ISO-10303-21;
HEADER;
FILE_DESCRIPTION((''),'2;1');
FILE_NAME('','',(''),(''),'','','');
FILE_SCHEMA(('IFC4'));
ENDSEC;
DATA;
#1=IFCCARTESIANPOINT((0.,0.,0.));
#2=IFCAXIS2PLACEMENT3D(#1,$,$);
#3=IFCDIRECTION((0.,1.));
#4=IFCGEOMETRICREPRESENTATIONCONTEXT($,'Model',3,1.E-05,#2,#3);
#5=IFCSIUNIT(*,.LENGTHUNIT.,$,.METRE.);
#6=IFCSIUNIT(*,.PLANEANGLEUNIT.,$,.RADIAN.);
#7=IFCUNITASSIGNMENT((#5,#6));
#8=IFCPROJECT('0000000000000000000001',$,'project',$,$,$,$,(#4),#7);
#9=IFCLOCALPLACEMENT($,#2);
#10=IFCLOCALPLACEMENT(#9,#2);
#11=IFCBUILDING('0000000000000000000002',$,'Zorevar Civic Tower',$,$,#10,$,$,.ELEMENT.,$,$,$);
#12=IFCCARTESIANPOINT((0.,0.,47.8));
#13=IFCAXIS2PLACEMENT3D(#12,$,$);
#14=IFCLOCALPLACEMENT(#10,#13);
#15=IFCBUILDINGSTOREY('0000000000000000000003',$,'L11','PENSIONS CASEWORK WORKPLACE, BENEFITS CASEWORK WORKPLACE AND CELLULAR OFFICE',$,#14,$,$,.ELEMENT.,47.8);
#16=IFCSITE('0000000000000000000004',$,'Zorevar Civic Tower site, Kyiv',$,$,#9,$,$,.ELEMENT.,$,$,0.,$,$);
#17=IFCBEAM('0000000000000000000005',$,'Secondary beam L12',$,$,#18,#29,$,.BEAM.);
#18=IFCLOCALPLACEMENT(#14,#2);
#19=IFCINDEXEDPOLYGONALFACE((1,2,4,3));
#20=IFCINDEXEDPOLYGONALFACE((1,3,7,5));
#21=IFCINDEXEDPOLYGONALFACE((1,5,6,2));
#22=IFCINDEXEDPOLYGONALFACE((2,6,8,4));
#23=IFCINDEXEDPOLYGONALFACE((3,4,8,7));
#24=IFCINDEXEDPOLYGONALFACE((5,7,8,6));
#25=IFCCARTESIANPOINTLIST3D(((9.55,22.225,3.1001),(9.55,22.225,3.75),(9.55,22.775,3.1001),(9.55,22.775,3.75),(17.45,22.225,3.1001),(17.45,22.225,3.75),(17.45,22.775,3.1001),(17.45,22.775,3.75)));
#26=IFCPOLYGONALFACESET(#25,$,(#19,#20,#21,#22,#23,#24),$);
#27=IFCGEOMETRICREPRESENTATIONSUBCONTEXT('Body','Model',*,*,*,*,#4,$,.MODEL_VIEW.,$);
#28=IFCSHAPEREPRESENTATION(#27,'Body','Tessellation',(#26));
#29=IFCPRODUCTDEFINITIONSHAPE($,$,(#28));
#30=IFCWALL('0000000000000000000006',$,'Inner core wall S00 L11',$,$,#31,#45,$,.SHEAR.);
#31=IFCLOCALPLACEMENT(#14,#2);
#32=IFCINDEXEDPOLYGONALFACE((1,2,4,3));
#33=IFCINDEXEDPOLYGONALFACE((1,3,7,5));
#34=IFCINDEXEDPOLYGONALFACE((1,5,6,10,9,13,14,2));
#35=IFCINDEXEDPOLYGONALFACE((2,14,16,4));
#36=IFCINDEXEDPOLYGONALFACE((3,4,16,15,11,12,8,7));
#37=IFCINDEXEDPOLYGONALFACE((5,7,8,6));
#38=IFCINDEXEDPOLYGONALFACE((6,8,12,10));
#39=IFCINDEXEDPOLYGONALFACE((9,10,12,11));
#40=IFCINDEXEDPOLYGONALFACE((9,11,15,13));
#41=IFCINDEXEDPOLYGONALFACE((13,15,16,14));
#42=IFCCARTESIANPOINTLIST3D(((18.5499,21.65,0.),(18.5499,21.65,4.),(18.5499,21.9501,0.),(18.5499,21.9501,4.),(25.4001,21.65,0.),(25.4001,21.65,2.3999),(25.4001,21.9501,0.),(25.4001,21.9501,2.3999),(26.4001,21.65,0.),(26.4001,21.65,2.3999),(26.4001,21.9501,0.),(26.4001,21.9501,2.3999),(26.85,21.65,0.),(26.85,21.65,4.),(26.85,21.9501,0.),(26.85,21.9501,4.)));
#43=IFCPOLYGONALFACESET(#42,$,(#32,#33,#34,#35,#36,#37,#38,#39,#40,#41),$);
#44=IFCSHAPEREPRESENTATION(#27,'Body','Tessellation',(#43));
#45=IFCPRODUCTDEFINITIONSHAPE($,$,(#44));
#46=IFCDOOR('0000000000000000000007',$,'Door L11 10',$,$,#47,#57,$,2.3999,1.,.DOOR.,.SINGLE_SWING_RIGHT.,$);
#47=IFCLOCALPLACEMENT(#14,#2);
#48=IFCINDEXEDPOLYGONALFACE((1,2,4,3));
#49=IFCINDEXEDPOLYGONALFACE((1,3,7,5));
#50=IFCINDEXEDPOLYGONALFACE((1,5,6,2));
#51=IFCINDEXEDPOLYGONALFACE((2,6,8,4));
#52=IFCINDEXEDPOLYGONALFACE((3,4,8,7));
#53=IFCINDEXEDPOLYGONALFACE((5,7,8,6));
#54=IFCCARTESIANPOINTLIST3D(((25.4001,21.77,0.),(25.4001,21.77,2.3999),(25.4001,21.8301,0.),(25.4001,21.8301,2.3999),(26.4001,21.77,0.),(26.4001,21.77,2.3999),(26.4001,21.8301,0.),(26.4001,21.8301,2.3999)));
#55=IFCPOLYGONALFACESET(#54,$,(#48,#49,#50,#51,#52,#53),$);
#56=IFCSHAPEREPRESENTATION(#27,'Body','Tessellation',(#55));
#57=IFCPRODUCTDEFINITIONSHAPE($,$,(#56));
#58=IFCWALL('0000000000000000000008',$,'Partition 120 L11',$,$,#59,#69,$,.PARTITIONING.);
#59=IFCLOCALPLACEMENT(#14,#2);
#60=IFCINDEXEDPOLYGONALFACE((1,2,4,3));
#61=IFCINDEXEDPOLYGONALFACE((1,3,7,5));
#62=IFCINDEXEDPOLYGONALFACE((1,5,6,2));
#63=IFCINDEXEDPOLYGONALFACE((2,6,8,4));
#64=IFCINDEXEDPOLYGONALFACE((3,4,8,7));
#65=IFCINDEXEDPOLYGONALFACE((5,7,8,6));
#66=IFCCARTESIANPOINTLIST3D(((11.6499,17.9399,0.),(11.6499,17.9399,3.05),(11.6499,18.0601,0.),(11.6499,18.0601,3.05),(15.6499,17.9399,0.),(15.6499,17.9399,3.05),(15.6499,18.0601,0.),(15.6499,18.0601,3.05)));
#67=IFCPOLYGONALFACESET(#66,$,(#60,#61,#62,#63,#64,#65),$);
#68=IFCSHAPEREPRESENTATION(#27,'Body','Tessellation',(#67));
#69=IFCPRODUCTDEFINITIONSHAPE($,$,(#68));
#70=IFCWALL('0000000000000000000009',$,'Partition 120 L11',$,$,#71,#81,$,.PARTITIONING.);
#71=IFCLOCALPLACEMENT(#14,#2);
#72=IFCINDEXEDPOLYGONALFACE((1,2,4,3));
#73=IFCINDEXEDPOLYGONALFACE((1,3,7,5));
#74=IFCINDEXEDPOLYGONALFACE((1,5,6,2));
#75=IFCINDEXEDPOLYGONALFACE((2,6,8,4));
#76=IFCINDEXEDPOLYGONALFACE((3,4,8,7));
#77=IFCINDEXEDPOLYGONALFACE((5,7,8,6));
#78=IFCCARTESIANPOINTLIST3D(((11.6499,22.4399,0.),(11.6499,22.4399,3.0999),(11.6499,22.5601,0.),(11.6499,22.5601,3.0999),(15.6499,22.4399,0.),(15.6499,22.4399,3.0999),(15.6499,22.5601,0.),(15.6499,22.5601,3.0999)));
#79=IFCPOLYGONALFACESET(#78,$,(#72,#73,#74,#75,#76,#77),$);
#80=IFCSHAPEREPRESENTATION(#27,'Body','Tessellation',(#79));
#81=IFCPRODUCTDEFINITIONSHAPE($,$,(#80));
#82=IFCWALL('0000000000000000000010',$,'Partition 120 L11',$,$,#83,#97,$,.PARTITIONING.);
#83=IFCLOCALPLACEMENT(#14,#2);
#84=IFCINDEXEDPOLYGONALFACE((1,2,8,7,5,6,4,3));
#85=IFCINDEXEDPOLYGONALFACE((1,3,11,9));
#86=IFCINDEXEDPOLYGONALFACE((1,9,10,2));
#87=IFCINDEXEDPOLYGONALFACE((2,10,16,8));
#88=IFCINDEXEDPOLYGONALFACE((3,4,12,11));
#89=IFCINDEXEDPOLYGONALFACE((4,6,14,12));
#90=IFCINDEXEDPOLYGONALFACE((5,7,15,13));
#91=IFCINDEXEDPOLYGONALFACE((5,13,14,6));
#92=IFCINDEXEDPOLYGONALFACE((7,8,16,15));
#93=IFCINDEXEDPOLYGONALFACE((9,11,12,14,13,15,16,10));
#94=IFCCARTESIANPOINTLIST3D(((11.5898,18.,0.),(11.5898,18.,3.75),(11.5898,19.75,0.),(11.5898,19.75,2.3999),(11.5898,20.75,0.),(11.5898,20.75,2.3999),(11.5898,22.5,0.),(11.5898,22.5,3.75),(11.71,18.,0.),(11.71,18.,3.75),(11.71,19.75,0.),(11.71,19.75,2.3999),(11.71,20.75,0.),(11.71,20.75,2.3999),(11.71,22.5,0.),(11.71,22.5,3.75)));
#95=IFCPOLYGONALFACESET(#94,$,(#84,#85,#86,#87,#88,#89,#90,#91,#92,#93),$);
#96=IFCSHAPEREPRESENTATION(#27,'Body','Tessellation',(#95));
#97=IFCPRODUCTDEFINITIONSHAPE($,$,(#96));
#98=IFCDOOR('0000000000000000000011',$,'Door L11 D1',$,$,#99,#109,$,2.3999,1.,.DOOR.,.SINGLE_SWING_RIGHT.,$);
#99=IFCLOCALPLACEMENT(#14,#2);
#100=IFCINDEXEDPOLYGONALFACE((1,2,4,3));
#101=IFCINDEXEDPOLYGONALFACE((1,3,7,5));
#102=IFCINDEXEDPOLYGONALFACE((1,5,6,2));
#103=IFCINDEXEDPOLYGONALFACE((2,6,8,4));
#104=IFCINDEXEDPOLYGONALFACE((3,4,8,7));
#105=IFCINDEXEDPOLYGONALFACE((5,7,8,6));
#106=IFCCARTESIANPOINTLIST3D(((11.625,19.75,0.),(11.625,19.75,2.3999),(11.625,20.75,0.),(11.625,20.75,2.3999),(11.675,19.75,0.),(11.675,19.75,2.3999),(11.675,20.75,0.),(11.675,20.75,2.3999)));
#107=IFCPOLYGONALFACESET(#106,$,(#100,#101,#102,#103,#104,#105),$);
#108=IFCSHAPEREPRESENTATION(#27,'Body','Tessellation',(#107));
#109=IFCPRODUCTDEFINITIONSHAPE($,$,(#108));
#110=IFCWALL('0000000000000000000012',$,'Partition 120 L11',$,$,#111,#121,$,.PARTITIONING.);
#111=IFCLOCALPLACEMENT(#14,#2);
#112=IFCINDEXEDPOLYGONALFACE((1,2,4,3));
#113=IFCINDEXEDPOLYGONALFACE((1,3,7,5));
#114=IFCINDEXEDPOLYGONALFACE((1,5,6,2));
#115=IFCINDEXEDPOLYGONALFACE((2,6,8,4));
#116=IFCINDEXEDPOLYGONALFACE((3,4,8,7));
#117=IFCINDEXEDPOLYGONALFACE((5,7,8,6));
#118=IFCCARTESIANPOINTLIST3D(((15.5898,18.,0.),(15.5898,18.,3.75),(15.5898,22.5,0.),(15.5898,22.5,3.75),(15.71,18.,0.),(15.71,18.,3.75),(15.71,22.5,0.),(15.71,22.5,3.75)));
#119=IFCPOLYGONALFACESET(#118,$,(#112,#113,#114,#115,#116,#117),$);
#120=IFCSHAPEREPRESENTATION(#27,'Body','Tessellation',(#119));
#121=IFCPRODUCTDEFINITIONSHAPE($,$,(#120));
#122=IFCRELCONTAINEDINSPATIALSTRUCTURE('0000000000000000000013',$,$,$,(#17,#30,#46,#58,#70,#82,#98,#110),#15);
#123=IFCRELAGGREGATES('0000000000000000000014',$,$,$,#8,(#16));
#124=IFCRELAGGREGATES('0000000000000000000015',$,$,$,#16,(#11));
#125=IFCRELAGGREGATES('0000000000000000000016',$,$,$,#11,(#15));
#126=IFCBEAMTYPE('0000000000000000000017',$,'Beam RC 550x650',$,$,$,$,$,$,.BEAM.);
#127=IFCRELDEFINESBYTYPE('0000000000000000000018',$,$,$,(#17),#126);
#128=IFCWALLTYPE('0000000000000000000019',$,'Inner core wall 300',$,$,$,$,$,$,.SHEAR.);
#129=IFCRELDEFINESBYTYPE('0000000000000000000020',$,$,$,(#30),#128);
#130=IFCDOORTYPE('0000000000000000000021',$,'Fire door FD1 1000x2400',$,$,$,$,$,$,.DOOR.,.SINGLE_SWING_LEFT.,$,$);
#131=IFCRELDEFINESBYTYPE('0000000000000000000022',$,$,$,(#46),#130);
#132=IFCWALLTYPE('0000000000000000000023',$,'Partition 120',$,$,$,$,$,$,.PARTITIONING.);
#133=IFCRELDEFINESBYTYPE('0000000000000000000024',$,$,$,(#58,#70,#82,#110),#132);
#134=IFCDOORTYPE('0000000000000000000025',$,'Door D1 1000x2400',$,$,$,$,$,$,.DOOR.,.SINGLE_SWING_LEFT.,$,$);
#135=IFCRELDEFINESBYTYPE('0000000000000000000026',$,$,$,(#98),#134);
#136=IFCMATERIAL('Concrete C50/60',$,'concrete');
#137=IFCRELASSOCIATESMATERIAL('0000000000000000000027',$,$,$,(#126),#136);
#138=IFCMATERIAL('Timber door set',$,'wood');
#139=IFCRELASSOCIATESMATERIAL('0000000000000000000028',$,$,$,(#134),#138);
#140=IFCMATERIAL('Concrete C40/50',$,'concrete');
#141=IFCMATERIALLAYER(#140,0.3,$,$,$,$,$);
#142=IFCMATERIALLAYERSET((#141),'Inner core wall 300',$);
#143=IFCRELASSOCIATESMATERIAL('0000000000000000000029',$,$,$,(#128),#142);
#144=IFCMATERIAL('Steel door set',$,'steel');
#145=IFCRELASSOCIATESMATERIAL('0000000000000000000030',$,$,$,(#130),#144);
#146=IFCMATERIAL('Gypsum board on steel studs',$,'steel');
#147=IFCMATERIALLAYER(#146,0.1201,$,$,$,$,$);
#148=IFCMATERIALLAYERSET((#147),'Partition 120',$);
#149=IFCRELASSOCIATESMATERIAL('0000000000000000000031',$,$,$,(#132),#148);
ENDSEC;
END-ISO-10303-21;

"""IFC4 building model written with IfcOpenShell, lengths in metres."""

from ifc_helpers import new_model, si_unit, direction, frame, frame_2d, origin, origin_2d, place, context, subcontext, project, spatial, rectangle, extrude, material, layer, layer_set, material_profile, profile_set, type_object, element, fill, save


model = new_model("IFC4")

# Units and contexts
model_context = context("Model", 3, precision=1e-05, world=origin(), true_north=direction((0.0, 1.0)))
body_context = subcontext(model_context, "Body", "Model", "MODEL_VIEW")
ifc_project = project(units=[si_unit("LENGTHUNIT", "METRE"), si_unit("PLANEANGLEUNIT", "RADIAN")], contexts=[model_context])

# Site, building, storey
site_placement = place(None, origin())
site = spatial("IfcSite", under=ifc_project, at=site_placement, Name="Zorevar Civic Tower site, Kyiv", CompositionType="ELEMENT", RefElevation=0.0)
building_placement = place(site_placement, origin())
building = spatial("IfcBuilding", under=site, at=building_placement, Name="Zorevar Civic Tower", CompositionType="ELEMENT")
storey_placement = place(building_placement, frame((0.0, 0.0, 47.8)))
storey = spatial("IfcBuildingStorey", under=building, at=storey_placement, Name="L11", Description="PENSIONS CASEWORK WORKPLACE, BENEFITS CASEWORK WORKPLACE AND CELLULAR OFFICE", CompositionType="ELEMENT", Elevation=47.8)

# Beam
ifc_material_1 = material(Name="Concrete C50/60", Category="concrete")
ifc_material_profile = material_profile(ifc_material_1, rectangle(XDim=0.55, YDim=0.6499, at=origin_2d()), Name="RC 550x650")
ifc_profile_set = profile_set([ifc_material_profile], Name="Concrete C50/60")
beam_type = type_object("IfcBeamType", Name="Beam RC 550x650", PredefinedType="BEAM", material=ifc_profile_set)
beam_placement = place(storey_placement, frame((9.55, 22.5, 3.425), z_axis=(1.0, 0.0, 0.0), x_axis=(0.0, 1.0, 0.0)))
element("IfcBeam", 1, at=beam_placement, inside=storey, type_object=beam_type, Name="Secondary beam L12", PredefinedType="BEAM", context=body_context, shape_type="SweptSolid", body=[
    extrude(rectangle(XDim=0.55, YDim=0.6499, at=origin_2d()), origin(), (0.0, 0.0, 1.0), 7.8999),
])

# Shared definitions
ifc_material_2 = material(Name="Timber door set", Category="wood")
door_type_1 = type_object("IfcDoorType", Name="Door D1 1000x2400", OperationType="SINGLE_SWING_LEFT", PredefinedType="DOOR", material=ifc_material_2)

# Wall, opening, door
ifc_material_3 = material(Name="Concrete C40/50", Category="concrete")
ifc_layer_1 = layer(ifc_material_3, 0.3)
ifc_layer_set_1 = layer_set([ifc_layer_1], Name="Inner core wall 300")
wall_type_1 = type_object("IfcWallType", Name="Inner core wall 300", PredefinedType="SHEAR", material=ifc_layer_set_1)
wall_1_placement = place(storey_placement, frame((18.55, 21.8, 0.0), z_axis=(0.0, 0.0, 1.0), x_axis=(1.0, 0.0, 0.0)))
wall_1 = element("IfcWall", 2, at=wall_1_placement, inside=storey, type_object=wall_type_1, Name="Inner core wall S00 L11", PredefinedType="SHEAR", context=body_context, shape_type="SweptSolid", body=[
    extrude(rectangle(XDim=8.3, YDim=0.3, at=frame_2d((4.1499, 0.0))), origin(), (0.0, 0.0, 1.0), 4.0),
])
opening_1_placement = place(wall_1_placement, frame((6.8501, 0.0, 0.0)))
opening_1 = element("IfcOpeningElement", 3, at=opening_1_placement, cuts=wall_1, PredefinedType="OPENING", context=body_context, shape_type="SweptSolid", body=[
    extrude(rectangle(XDim=1.0, YDim=2.3999, at=frame_2d((0.5, 1.2))), frame((0.0, 0.1599, 0.0), z_axis=(0.0, -1.0, 0.0), x_axis=(1.0, 0.0, 0.0)), (0.0, 0.0, 1.0), 0.3201),
])
ifc_material_4 = material(Name="Steel door set", Category="steel")
door_type_2 = type_object("IfcDoorType", Name="Fire door FD1 1000x2400", OperationType="SINGLE_SWING_LEFT", PredefinedType="DOOR", material=ifc_material_4)
door_1_placement = place(opening_1_placement, origin())
door_1 = element("IfcDoor", 4, at=door_1_placement, inside=storey, type_object=door_type_2, Name="Door L11 10", OperationType="SINGLE_SWING_RIGHT", OverallHeight=2.3999, OverallWidth=1.0, PredefinedType="DOOR", context=body_context, shape_type="SweptSolid", body=[
    extrude(rectangle(XDim=1.0, YDim=2.3999, at=frame_2d((0.5, 1.2))), frame((0.0, 0.03, 0.0), z_axis=(0.0, -1.0, 0.0), x_axis=(1.0, 0.0, 0.0)), (0.0, 0.0, 1.0), 0.0601),
])
fill(opening_1, door_1)

# Walls
ifc_material_5 = material(Name="Gypsum board on steel studs", Category="steel")
ifc_layer_2 = layer(ifc_material_5, 0.1201)
ifc_layer_set_2 = layer_set([ifc_layer_2], Name="Partition 120")
wall_type_2 = type_object("IfcWallType", Name="Partition 120", PredefinedType="PARTITIONING", material=ifc_layer_set_2)
wall_2_placement = place(storey_placement, frame((11.6499, 18.0, 0.0), z_axis=(0.0, 0.0, 1.0), x_axis=(1.0, 0.0, 0.0)))
element("IfcWall", 5, at=wall_2_placement, inside=storey, type_object=wall_type_2, Name="Partition 120 L11", PredefinedType="PARTITIONING", context=body_context, shape_type="SweptSolid", body=[
    extrude(rectangle(XDim=4.0, YDim=0.1201, at=frame_2d((2.0, 0.0))), origin(), (0.0, 0.0, 1.0), 3.05),
])
wall_3_placement = place(storey_placement, frame((11.6499, 22.5, 0.0), z_axis=(0.0, 0.0, 1.0), x_axis=(1.0, 0.0, 0.0)))
element("IfcWall", 6, at=wall_3_placement, inside=storey, type_object=wall_type_2, Name="Partition 120 L11", PredefinedType="PARTITIONING", context=body_context, shape_type="SweptSolid", body=[
    extrude(rectangle(XDim=4.0, YDim=0.1201, at=frame_2d((2.0, 0.0))), origin(), (0.0, 0.0, 1.0), 3.0999),
])

# Wall, opening, door
wall_4_placement = place(storey_placement, frame((11.6499, 18.0, 0.0), z_axis=(0.0, 0.0, 1.0), x_axis=(0.0, 1.0, 0.0)))
wall_4 = element("IfcWall", 7, at=wall_4_placement, inside=storey, type_object=wall_type_2, Name="Partition 120 L11", PredefinedType="PARTITIONING", context=body_context, shape_type="SweptSolid", body=[
    extrude(rectangle(XDim=4.5, YDim=0.1201, at=frame_2d((2.25, 0.0))), origin(), (0.0, 0.0, 1.0), 3.75),
])
opening_2_placement = place(wall_4_placement, frame((1.75, 0.0, 0.0)))
opening_2 = element("IfcOpeningElement", 8, at=opening_2_placement, cuts=wall_4, PredefinedType="OPENING", context=body_context, shape_type="SweptSolid", body=[
    extrude(rectangle(XDim=1.0, YDim=2.3999, at=frame_2d((0.5, 1.2))), frame((0.0, 0.0701, 0.0), z_axis=(0.0, -1.0, 0.0), x_axis=(1.0, 0.0, 0.0)), (0.0, 0.0, 1.0), 0.1401),
])
door_2_placement = place(opening_2_placement, origin())
door_2 = element("IfcDoor", 9, at=door_2_placement, inside=storey, type_object=door_type_1, Name="Door L11 D1", OperationType="SINGLE_SWING_RIGHT", OverallHeight=2.3999, OverallWidth=1.0, PredefinedType="DOOR", context=body_context, shape_type="SweptSolid", body=[
    extrude(rectangle(XDim=1.0, YDim=2.3999, at=frame_2d((0.5, 1.2))), frame((0.0, 0.0249, 0.0), z_axis=(0.0, -1.0, 0.0), x_axis=(1.0, 0.0, 0.0)), (0.0, 0.0, 1.0), 0.05),
])
fill(opening_2, door_2)

# Wall
wall_5_placement = place(storey_placement, frame((15.6499, 18.0, 0.0), z_axis=(0.0, 0.0, 1.0), x_axis=(0.0, 1.0, 0.0)))
element("IfcWall", 10, at=wall_5_placement, inside=storey, type_object=wall_type_2, Name="Partition 120 L11", PredefinedType="PARTITIONING", context=body_context, shape_type="SweptSolid", body=[
    extrude(rectangle(XDim=4.5, YDim=0.1201, at=frame_2d((2.25, 0.0))), origin(), (0.0, 0.0, 1.0), 3.75),
])

save(model, "model.ifc")
